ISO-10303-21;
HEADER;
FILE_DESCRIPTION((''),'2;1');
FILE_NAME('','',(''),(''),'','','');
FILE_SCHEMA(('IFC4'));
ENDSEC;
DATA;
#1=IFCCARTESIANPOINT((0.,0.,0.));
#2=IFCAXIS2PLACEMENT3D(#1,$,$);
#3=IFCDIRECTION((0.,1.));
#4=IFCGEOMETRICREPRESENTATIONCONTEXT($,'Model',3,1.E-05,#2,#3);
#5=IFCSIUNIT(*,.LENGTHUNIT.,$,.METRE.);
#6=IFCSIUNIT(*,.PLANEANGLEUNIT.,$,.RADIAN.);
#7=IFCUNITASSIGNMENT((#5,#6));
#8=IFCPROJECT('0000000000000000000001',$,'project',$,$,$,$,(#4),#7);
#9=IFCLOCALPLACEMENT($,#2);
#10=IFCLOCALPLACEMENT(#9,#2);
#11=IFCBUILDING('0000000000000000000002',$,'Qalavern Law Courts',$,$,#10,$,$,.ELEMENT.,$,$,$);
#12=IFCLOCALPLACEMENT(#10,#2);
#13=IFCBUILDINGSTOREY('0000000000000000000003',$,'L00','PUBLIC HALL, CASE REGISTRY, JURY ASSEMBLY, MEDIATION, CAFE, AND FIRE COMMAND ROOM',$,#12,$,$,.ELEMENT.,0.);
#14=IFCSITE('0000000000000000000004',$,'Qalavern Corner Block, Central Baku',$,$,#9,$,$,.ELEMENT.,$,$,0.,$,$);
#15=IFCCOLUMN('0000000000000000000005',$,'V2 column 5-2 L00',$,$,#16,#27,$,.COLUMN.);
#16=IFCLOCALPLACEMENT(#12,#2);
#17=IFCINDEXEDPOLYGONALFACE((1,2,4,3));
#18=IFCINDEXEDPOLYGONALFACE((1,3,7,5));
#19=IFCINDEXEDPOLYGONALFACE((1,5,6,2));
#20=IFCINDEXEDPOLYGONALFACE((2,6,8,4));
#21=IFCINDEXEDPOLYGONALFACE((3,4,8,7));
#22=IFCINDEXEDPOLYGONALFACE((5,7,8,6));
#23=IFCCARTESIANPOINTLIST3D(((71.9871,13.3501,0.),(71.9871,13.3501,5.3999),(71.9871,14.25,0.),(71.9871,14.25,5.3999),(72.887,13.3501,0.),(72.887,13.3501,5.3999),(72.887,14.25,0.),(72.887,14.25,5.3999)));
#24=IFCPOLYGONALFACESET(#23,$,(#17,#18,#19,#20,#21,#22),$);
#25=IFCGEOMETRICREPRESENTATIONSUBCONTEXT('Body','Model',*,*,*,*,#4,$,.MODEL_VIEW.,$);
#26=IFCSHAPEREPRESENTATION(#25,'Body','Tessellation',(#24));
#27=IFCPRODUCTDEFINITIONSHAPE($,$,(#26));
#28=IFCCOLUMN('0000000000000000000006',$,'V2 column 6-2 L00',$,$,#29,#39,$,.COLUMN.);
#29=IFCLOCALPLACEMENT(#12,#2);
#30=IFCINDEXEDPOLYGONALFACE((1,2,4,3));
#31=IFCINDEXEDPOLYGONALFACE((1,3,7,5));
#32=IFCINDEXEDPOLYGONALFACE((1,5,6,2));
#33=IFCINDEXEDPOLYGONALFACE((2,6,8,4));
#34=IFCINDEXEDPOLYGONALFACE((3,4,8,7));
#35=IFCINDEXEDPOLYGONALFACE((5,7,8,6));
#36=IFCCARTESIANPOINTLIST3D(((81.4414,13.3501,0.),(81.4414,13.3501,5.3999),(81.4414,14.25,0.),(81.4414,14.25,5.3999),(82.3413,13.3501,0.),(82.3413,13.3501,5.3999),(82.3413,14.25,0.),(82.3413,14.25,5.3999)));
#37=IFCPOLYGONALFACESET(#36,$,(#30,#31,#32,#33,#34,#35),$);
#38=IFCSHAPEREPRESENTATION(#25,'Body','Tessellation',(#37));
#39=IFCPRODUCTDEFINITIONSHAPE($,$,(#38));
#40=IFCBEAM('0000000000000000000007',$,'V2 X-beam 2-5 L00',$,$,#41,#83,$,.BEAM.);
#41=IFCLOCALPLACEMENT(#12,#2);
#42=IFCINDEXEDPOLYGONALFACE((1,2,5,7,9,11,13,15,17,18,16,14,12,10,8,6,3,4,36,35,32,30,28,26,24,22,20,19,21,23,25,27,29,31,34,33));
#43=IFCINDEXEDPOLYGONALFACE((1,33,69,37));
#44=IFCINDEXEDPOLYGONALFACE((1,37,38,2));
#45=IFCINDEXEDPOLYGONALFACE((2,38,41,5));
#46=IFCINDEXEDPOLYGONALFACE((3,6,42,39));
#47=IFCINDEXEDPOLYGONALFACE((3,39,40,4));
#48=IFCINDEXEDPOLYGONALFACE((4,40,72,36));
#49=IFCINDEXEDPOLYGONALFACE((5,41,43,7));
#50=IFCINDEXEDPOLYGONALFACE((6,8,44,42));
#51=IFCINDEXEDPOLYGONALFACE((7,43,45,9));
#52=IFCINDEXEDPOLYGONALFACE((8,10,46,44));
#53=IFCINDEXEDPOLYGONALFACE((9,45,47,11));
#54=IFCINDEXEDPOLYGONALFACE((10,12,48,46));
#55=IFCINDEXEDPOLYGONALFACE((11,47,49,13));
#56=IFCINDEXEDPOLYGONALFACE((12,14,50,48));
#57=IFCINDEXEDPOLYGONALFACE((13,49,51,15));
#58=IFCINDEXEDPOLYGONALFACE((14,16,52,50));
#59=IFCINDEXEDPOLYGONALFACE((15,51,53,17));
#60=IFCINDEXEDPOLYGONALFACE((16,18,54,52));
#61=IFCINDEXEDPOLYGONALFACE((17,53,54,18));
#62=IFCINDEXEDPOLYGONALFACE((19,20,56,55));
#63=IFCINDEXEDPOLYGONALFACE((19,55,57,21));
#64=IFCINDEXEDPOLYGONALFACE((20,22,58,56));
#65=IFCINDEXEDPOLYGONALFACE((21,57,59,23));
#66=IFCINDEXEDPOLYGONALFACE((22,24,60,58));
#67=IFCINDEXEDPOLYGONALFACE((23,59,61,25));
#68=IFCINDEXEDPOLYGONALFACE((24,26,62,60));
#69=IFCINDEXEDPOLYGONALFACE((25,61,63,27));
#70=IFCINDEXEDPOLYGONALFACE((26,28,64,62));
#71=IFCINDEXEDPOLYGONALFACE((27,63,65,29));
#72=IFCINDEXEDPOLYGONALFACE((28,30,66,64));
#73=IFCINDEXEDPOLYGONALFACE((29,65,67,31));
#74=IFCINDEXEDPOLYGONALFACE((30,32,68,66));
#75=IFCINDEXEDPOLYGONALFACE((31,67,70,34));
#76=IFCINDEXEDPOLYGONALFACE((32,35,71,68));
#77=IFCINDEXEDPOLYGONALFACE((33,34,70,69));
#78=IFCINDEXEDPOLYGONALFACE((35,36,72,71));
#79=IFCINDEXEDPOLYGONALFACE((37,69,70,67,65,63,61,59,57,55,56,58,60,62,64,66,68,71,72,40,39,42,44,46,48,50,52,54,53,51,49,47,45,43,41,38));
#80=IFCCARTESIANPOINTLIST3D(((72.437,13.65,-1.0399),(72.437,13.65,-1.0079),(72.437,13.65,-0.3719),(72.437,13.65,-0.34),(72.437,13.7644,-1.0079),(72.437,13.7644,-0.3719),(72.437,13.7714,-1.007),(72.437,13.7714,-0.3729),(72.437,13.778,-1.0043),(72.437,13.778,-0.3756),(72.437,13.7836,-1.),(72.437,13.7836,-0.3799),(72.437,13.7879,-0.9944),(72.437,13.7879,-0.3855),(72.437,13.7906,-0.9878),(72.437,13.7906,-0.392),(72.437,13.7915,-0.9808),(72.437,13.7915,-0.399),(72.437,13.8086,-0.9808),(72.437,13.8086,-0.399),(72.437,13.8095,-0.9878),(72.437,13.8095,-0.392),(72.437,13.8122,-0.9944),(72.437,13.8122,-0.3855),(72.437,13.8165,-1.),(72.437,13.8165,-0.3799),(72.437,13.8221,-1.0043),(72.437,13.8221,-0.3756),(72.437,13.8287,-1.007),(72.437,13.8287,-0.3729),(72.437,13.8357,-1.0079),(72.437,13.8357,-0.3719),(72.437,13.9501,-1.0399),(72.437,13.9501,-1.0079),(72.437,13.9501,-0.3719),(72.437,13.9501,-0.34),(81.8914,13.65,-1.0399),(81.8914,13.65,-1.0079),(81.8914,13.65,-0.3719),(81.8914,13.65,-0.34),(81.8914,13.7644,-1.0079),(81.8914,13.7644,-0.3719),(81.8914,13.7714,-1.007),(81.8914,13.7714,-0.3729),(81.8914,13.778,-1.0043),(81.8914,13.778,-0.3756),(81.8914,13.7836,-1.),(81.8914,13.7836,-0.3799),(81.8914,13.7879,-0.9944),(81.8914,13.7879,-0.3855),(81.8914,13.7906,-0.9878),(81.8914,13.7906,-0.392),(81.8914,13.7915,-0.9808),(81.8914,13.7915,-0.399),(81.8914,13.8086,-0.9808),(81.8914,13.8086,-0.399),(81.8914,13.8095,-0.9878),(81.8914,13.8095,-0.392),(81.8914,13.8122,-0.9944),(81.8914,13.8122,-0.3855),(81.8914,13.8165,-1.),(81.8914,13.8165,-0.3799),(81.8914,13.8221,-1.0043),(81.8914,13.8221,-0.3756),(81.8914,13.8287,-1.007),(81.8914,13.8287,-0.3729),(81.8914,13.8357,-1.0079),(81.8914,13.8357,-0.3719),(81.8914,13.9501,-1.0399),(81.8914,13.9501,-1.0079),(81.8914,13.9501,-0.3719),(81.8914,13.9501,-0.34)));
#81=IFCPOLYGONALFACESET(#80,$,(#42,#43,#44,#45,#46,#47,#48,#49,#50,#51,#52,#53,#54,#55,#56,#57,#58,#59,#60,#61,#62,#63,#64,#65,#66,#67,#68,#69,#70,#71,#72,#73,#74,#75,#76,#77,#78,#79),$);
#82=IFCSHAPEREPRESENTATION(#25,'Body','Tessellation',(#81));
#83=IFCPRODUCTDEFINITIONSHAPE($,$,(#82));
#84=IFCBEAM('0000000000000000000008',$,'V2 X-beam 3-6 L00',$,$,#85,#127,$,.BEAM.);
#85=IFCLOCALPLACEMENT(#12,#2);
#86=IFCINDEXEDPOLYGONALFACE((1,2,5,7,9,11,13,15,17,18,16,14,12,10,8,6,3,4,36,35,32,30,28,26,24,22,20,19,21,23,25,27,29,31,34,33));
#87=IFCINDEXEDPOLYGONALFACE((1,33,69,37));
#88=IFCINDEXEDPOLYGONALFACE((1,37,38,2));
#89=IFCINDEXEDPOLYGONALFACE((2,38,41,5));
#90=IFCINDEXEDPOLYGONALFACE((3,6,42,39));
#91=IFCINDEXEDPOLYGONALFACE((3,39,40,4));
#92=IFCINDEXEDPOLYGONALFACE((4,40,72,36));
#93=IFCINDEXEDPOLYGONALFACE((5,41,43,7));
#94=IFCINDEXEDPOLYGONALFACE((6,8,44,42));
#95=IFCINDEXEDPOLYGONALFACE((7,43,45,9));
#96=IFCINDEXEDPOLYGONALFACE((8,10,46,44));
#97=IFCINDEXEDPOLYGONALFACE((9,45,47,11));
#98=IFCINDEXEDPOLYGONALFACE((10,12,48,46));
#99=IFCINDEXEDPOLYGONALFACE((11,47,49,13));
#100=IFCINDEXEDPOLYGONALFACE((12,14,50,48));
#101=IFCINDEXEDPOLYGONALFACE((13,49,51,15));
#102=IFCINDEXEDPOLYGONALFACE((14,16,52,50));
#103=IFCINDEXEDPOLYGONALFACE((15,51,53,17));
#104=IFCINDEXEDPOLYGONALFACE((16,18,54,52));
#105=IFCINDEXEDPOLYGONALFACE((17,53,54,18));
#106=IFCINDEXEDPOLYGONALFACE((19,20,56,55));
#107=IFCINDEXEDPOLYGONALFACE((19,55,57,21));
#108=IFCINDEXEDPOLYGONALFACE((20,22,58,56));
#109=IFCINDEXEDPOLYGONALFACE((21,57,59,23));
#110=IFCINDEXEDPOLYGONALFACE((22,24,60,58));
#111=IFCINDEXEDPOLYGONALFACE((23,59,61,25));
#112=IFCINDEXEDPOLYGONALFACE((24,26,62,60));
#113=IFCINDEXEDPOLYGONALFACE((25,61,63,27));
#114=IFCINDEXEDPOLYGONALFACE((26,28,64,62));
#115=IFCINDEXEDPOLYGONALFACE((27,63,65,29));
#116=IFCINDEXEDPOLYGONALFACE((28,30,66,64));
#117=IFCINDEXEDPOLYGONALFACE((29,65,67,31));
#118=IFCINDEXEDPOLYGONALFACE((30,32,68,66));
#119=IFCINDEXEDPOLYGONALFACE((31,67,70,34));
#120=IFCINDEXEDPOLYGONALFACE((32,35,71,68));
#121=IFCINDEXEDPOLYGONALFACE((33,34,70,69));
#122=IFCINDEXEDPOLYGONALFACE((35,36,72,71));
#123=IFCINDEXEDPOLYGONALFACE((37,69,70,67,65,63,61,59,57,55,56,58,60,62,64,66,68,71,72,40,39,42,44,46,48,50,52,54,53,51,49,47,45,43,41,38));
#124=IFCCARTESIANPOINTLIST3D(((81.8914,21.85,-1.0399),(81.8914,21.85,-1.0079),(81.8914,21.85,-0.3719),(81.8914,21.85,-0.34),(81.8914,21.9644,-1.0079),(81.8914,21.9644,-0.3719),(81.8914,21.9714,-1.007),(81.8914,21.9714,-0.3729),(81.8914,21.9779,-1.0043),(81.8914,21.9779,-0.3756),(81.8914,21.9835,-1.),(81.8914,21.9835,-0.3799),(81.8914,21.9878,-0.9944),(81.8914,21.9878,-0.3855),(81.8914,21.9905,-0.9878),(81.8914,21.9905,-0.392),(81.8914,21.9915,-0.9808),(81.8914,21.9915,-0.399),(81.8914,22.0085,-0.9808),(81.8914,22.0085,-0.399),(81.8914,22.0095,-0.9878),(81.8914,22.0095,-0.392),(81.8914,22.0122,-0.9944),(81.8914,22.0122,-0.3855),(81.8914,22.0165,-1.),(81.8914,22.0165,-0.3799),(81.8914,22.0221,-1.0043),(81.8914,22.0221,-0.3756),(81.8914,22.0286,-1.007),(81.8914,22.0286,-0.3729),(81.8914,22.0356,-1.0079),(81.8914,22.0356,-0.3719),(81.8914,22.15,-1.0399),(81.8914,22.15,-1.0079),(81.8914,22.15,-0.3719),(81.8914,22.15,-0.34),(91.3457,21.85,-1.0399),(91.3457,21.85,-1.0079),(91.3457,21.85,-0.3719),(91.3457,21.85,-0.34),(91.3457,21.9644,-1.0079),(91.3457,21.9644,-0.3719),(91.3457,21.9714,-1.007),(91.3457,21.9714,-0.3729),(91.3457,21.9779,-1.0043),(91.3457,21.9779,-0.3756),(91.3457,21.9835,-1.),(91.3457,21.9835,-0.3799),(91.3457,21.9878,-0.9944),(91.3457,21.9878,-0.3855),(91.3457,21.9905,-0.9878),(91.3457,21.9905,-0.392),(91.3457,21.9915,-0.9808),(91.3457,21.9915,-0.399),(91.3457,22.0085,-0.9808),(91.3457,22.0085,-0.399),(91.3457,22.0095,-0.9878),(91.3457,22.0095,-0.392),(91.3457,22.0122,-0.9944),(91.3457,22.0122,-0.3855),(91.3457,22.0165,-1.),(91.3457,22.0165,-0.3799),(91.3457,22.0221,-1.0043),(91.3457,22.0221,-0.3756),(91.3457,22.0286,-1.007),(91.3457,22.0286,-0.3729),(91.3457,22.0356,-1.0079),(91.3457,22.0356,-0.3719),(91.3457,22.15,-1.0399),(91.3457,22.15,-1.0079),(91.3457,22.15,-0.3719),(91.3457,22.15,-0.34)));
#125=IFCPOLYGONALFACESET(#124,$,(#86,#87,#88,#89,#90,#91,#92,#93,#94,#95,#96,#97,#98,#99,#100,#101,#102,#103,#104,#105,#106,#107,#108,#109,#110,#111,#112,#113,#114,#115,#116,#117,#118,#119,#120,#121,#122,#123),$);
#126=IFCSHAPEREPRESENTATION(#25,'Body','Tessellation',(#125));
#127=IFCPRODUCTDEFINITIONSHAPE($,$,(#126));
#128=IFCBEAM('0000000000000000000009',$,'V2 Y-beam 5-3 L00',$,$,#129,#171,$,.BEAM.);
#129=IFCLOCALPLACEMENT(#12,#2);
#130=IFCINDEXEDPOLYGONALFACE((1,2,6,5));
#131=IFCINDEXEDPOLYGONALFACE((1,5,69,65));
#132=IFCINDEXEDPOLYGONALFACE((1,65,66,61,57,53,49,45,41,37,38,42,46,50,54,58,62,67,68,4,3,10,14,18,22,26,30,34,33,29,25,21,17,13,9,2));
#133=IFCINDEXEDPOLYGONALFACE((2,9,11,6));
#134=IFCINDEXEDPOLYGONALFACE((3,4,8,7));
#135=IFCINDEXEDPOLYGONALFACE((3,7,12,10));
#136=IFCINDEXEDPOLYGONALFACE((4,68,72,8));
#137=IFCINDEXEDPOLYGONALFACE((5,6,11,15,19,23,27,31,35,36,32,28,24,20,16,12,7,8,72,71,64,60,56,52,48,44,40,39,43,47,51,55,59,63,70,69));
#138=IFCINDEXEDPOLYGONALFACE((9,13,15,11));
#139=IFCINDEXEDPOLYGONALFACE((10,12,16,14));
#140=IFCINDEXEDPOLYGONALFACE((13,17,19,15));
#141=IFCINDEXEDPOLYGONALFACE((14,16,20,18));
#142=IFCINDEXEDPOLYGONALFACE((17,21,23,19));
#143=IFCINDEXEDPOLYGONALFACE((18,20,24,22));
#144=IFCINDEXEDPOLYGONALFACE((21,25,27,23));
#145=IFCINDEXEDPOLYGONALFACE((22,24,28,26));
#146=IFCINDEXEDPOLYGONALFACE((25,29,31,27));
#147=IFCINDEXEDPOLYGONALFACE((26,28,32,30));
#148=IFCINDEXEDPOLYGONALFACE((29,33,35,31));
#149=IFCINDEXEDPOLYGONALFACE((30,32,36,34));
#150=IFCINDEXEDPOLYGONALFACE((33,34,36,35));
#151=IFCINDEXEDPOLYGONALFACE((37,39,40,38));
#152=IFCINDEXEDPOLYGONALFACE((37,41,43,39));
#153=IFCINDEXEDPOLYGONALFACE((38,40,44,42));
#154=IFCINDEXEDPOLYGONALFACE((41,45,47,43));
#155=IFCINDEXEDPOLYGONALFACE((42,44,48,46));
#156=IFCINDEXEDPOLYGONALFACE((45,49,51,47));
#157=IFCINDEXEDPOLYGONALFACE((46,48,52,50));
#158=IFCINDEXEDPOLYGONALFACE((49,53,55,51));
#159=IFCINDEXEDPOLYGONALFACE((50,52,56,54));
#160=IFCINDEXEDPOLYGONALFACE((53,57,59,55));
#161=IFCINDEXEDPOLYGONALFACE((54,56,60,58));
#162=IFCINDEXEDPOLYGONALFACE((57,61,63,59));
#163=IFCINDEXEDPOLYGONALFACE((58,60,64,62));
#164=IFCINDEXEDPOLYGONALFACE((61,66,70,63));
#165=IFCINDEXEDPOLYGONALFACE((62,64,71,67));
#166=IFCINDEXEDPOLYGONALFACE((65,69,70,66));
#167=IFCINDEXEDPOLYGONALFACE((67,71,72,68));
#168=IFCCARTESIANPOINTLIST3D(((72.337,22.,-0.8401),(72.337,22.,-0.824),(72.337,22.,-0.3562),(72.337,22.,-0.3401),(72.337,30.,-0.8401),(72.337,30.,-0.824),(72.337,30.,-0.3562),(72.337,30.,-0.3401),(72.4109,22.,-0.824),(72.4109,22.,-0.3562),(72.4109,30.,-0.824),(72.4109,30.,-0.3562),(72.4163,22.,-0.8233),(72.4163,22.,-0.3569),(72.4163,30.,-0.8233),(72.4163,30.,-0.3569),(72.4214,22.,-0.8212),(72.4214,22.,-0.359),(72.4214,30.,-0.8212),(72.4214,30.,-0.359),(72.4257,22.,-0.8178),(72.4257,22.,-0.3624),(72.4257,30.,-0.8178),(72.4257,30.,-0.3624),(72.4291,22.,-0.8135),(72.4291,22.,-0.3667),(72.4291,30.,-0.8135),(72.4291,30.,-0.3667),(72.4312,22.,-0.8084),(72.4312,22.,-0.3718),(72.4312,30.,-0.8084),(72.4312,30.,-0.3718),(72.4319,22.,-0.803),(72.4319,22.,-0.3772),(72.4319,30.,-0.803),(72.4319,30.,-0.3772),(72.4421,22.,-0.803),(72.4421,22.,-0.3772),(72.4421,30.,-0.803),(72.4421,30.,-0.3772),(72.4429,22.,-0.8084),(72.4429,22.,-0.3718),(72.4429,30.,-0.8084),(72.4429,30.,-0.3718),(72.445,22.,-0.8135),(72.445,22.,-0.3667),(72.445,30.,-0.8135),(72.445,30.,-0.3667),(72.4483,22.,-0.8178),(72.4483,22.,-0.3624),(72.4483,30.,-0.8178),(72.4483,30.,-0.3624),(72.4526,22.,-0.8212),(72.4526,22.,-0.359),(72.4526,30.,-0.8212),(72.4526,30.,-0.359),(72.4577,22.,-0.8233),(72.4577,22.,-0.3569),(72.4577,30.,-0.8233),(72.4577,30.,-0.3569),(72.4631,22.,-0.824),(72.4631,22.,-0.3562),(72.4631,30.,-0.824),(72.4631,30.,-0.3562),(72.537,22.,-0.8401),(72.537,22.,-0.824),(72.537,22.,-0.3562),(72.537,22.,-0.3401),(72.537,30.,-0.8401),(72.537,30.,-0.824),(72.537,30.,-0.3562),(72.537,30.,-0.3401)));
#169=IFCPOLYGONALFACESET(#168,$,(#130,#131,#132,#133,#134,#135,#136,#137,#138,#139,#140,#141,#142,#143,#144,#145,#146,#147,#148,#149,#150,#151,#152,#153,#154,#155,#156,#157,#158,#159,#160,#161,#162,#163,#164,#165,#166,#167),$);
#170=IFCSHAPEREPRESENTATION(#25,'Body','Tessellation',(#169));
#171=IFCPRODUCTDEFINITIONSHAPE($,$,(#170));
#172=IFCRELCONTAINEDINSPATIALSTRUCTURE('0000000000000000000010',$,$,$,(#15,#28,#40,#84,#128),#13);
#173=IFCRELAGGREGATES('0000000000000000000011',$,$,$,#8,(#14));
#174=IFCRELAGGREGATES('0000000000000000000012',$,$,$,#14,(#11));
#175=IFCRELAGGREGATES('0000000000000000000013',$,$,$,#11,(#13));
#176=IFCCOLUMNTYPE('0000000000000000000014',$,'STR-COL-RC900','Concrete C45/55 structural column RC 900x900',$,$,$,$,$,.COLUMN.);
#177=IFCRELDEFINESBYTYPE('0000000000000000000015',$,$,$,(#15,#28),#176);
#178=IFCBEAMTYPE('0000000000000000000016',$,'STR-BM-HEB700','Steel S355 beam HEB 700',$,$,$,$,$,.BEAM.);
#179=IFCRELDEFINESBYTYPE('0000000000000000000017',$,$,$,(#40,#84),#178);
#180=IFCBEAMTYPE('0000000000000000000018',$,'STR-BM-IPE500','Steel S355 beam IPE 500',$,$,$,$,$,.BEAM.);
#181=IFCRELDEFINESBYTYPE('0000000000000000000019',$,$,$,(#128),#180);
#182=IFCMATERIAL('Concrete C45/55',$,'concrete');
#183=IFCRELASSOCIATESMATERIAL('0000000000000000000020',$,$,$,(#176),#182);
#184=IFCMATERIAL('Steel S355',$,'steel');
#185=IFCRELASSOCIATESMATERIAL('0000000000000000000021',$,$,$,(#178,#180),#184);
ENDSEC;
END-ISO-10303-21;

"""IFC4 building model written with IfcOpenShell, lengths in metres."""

from ifc_helpers import new_model, si_unit, direction, frame, origin, origin_2d, place, context, subcontext, project, spatial, rectangle, i_section, extrude, material, material_profile, profile_set, type_object, element, save


model = new_model("IFC4")

# Units and contexts
model_context = context("Model", 3, precision=1e-05, world=origin(), true_north=direction((0.0, 1.0)))
body_context = subcontext(model_context, "Body", "Model", "MODEL_VIEW")
ifc_project = project(units=[si_unit("LENGTHUNIT", "METRE"), si_unit("PLANEANGLEUNIT", "RADIAN")], contexts=[model_context])

# Site, building, storey
site_placement = place(None, origin())
site = spatial("IfcSite", under=ifc_project, at=site_placement, Name="Qalavern Corner Block, Central Baku", CompositionType="ELEMENT", RefElevation=0.0)
building_placement = place(site_placement, origin())
building = spatial("IfcBuilding", under=site, at=building_placement, Name="Qalavern Law Courts", CompositionType="ELEMENT")
storey_placement = place(building_placement, origin())
storey = spatial("IfcBuildingStorey", under=building, at=storey_placement, Name="L00", Description="PUBLIC HALL, CASE REGISTRY, JURY ASSEMBLY, MEDIATION, CAFE, AND FIRE COMMAND ROOM", CompositionType="ELEMENT", Elevation=0.0)

# Columns
ifc_material_1 = material(Name="Concrete C45/55", Category="concrete")
ifc_material_profile_1 = material_profile(ifc_material_1, rectangle(XDim=0.8999, YDim=0.8999, at=origin_2d()), Name="RC 900x900")
ifc_profile_set_1 = profile_set([ifc_material_profile_1], Name="Concrete C45/55")
column_type = type_object("IfcColumnType", Name="STR-COL-RC900", Description="Concrete C45/55 structural column RC 900x900", PredefinedType="COLUMN", material=ifc_profile_set_1)
for number, where, z_axis, x_axis, name in (
    (1, (72.437, 13.8, 0.0), (0.0, 0.0, 1.0), (1.0, 0.0, 0.0), "V2 column 5-2 L00"),
    (2, (81.8914, 13.8, 0.0), (0.0, 0.0, 1.0), (1.0, 0.0, 0.0), "V2 column 6-2 L00"),
):
    element("IfcColumn", number, at=place(storey_placement, frame(where, z_axis=z_axis, x_axis=x_axis)), inside=storey, type_object=column_type, Name=name, PredefinedType="COLUMN", context=body_context, shape_type="SweptSolid", body=[
        extrude(rectangle(XDim=0.8999, YDim=0.8999, at=origin_2d()), origin(), (0.0, 0.0, 1.0), 5.3999),
    ])

# Beams
ifc_material_2 = material(Name="Steel S355", Category="steel")
ifc_material_profile_2 = material_profile(ifc_material_2, i_section(OverallWidth=0.3, OverallDepth=0.7, WebThickness=0.0171, FlangeThickness=0.032, FilletRadius=0.0271, at=origin_2d()), Name="HEB 700")
ifc_profile_set_2 = profile_set([ifc_material_profile_2], Name="Steel S355")
beam_type_1 = type_object("IfcBeamType", Name="STR-BM-HEB700", Description="Steel S355 beam HEB 700", PredefinedType="BEAM", material=ifc_profile_set_2)
for number, where, z_axis, x_axis, name in (
    (3, (72.437, 13.8, -0.6899), (1.0, 0.0, 0.0), (0.0, 1.0, 0.0), "V2 X-beam 2-5 L00"),
    (4, (81.8914, 22.0, -0.6899), (1.0, 0.0, 0.0), (0.0, 1.0, 0.0), "V2 X-beam 3-6 L00"),
):
    element("IfcBeam", number, at=place(storey_placement, frame(where, z_axis=z_axis, x_axis=x_axis)), inside=storey, type_object=beam_type_1, Name=name, PredefinedType="BEAM", context=body_context, shape_type="SweptSolid", body=[
        extrude(i_section(OverallWidth=0.3, OverallDepth=0.7, WebThickness=0.0171, FlangeThickness=0.032, FilletRadius=0.0271, at=origin_2d()), origin(), (0.0, 0.0, 1.0), 9.4543),
    ])
ifc_material_profile_3 = material_profile(ifc_material_2, i_section(OverallWidth=0.2, OverallDepth=0.5, WebThickness=0.0103, FlangeThickness=0.0161, FilletRadius=0.021, at=origin_2d()), Name="IPE 500")
ifc_profile_set_3 = profile_set([ifc_material_profile_3], Name="Steel S355")
beam_type_2 = type_object("IfcBeamType", Name="STR-BM-IPE500", Description="Steel S355 beam IPE 500", PredefinedType="BEAM", material=ifc_profile_set_3)
beam_1_placement = place(storey_placement, frame((72.437, 22.0, -0.5901), z_axis=(0.0, 1.0, 0.0), x_axis=(-1.0, 0.0, 0.0)))
element("IfcBeam", 5, at=beam_1_placement, inside=storey, type_object=beam_type_2, Name="V2 Y-beam 5-3 L00", PredefinedType="BEAM", context=body_context, shape_type="SweptSolid", body=[
    extrude(i_section(OverallWidth=0.2, OverallDepth=0.5, WebThickness=0.0103, FlangeThickness=0.0161, FilletRadius=0.021, at=origin_2d()), origin(), (0.0, 0.0, 1.0), 8.0),
])

save(model, "model.ifc")
